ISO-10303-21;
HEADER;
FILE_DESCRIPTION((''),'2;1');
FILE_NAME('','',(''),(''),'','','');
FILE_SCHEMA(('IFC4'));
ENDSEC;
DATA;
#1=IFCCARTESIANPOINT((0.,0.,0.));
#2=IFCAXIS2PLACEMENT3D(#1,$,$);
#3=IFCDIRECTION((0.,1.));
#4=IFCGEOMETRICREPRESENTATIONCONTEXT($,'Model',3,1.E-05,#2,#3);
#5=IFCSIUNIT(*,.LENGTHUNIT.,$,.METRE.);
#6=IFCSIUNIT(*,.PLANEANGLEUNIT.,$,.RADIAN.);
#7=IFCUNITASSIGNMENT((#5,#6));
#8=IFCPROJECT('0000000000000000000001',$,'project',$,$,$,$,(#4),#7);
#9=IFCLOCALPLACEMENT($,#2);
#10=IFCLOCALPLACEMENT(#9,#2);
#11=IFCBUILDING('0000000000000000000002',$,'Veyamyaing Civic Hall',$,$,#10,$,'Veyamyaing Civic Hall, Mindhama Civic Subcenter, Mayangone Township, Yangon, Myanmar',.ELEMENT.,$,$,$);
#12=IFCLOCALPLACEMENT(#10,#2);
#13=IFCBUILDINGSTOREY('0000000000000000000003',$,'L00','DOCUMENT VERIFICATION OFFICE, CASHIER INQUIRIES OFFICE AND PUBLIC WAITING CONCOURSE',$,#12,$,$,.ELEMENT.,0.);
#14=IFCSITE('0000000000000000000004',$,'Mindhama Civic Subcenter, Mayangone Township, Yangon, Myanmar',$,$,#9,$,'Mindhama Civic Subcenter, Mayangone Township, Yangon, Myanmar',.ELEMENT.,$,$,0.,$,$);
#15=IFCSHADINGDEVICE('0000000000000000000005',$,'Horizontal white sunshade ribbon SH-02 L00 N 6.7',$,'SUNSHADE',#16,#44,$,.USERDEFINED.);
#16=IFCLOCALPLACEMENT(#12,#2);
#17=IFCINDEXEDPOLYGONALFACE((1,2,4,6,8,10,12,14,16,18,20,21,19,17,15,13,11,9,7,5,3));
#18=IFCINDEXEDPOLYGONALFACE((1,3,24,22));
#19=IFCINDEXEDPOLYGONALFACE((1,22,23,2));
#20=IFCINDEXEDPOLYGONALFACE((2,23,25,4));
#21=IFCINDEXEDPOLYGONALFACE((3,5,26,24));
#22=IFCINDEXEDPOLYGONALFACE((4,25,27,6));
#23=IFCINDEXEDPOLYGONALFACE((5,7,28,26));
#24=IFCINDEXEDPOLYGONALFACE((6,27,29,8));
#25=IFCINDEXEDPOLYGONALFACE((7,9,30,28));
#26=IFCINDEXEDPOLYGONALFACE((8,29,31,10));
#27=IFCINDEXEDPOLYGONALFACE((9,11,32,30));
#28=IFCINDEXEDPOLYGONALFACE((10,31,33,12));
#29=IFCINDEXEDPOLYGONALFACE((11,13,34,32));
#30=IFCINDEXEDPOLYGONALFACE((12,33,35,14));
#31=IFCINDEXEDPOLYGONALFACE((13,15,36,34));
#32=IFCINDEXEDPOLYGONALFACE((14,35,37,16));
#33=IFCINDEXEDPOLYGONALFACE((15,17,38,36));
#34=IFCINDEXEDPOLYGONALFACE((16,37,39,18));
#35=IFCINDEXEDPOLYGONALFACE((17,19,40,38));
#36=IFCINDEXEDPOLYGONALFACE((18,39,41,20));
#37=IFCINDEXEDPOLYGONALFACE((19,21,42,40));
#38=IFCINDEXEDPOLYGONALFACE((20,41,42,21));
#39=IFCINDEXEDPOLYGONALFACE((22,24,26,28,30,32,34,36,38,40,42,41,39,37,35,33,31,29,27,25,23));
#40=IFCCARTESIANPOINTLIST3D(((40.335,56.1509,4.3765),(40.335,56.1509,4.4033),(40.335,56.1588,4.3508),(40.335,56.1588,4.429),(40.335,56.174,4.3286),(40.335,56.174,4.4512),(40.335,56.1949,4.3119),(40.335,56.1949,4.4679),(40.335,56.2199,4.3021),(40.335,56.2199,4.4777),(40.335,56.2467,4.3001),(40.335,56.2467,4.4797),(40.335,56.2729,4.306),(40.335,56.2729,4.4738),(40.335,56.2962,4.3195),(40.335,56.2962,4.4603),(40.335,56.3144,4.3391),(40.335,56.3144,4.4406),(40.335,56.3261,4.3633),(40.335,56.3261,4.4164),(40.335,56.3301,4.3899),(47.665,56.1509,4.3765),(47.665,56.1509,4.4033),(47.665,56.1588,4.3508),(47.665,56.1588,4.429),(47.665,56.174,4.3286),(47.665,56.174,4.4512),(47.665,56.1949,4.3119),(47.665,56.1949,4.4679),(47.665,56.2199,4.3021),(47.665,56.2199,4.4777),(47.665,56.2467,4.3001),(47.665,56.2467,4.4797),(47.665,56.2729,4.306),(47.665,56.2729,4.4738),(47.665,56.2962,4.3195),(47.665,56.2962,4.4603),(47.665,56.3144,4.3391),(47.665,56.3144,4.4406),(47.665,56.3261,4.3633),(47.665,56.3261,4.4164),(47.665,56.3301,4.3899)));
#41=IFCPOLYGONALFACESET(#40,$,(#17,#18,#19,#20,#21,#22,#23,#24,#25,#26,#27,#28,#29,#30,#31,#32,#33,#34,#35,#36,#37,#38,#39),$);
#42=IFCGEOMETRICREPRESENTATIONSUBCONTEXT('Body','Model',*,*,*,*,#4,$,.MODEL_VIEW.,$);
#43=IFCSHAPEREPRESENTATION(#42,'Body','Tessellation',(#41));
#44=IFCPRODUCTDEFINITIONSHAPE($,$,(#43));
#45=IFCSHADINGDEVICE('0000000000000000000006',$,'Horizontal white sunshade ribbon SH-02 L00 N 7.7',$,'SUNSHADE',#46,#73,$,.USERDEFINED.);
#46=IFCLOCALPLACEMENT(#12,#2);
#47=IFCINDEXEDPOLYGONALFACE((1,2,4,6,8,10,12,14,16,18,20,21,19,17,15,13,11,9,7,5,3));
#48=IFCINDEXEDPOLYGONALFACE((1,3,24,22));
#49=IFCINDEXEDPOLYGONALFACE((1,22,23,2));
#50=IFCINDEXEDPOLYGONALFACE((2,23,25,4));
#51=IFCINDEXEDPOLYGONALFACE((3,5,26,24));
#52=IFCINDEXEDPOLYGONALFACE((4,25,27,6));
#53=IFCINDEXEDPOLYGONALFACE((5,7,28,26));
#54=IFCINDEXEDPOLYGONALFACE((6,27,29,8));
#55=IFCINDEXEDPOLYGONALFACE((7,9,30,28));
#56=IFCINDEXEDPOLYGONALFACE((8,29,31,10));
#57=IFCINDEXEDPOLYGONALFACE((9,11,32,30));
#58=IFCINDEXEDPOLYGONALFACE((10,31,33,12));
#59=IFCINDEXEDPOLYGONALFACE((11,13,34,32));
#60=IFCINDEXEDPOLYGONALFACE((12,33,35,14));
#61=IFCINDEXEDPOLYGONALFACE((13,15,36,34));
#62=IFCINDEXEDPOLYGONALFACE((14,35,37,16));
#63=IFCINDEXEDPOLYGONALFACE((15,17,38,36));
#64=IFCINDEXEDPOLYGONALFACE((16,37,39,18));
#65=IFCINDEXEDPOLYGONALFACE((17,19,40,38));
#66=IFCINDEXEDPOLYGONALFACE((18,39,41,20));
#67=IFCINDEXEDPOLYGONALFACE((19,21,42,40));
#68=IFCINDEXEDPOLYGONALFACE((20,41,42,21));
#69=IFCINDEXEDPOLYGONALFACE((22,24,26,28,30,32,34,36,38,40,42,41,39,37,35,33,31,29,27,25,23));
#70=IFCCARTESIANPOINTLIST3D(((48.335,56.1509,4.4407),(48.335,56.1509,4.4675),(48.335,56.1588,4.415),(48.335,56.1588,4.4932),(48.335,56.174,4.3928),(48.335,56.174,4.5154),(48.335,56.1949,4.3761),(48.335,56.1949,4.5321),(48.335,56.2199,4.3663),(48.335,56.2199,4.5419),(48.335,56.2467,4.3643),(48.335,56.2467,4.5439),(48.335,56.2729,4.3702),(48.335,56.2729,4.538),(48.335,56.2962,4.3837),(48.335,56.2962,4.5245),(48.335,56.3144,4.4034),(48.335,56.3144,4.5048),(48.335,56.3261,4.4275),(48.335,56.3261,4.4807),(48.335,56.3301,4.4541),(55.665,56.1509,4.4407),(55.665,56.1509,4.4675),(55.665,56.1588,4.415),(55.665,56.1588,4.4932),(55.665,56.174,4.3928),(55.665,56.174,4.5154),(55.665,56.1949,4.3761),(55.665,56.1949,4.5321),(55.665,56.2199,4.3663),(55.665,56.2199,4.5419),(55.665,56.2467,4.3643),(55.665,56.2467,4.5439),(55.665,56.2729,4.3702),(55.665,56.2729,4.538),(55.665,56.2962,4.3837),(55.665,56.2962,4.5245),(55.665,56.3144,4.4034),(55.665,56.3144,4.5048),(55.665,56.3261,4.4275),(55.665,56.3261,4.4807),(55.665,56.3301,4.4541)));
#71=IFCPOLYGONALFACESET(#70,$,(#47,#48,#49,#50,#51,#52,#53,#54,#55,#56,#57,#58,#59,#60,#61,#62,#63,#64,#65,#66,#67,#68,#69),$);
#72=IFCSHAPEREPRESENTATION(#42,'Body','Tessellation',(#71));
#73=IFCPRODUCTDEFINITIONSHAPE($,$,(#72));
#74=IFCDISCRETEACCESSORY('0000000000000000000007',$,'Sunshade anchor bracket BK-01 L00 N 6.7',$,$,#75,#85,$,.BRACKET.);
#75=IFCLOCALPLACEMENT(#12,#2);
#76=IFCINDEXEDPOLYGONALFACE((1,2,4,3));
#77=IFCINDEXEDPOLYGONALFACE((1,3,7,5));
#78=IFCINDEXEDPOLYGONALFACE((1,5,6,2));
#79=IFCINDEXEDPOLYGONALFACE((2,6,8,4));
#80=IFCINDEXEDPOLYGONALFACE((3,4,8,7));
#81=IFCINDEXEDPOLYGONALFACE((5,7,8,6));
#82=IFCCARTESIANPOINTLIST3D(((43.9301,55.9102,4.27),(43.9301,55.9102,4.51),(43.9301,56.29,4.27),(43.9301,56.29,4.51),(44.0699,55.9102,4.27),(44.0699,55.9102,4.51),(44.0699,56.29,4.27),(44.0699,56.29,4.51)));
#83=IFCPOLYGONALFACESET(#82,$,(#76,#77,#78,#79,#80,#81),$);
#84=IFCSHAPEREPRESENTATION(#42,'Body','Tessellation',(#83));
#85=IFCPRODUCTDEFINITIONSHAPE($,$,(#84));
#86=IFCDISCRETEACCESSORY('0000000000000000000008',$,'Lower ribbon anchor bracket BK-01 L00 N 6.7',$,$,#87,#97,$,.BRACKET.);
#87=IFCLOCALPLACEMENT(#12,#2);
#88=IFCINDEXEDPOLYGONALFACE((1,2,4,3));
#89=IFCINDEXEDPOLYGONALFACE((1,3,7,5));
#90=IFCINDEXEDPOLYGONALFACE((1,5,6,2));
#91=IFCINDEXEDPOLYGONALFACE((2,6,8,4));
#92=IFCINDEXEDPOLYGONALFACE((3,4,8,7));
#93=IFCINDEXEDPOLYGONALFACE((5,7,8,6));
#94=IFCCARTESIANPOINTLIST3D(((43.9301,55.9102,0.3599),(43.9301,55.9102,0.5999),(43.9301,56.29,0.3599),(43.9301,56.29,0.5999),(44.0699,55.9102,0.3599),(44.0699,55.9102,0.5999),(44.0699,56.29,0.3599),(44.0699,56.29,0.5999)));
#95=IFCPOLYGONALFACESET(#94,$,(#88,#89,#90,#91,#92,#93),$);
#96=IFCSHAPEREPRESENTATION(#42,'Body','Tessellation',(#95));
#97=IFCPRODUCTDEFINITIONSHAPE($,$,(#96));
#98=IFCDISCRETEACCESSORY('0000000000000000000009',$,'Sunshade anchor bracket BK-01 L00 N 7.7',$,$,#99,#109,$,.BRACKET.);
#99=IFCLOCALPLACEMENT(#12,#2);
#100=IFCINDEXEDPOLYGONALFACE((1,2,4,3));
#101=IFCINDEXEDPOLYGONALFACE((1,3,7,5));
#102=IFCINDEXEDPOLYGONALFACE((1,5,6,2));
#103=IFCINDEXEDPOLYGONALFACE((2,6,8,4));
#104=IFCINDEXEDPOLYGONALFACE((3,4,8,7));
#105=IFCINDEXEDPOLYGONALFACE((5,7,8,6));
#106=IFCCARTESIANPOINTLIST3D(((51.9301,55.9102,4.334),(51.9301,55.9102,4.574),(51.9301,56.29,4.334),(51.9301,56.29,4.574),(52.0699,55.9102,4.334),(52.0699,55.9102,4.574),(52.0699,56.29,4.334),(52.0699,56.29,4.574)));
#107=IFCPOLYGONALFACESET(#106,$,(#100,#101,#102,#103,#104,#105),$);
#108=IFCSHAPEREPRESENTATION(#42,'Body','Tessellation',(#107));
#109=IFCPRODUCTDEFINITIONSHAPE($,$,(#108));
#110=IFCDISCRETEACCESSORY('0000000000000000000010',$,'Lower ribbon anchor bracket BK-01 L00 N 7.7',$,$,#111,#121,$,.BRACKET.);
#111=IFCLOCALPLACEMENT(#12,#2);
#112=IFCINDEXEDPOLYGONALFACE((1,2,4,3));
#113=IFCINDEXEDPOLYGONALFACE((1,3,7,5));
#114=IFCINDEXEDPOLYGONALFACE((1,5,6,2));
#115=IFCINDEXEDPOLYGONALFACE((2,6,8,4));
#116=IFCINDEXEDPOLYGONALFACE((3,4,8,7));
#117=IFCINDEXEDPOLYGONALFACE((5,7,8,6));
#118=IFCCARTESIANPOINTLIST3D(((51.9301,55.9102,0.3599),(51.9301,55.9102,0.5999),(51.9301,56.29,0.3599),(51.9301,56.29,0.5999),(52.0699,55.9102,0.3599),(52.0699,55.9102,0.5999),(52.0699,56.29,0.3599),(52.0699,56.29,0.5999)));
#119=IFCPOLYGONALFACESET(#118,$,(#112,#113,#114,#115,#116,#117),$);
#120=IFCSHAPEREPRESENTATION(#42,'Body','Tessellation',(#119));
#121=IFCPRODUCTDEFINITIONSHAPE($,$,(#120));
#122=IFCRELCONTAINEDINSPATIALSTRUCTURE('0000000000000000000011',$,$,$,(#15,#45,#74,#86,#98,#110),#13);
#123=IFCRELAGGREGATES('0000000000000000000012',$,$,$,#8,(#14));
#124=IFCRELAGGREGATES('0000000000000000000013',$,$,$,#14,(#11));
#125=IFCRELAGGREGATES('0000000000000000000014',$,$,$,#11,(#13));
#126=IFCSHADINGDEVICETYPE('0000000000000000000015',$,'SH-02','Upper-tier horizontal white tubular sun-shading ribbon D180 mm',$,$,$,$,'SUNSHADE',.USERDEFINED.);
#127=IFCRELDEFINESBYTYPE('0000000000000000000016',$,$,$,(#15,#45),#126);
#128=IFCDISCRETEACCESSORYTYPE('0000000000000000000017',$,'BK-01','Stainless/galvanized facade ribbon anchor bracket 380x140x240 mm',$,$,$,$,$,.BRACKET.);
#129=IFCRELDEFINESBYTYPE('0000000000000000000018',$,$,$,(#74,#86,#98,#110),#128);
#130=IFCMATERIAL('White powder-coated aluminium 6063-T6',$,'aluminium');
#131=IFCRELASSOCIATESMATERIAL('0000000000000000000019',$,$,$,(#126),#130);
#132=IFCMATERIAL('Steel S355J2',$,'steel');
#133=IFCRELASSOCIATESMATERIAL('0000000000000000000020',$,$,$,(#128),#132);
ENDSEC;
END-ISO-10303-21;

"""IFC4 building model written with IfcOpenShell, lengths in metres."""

from ifc_helpers import new_model, si_unit, direction, frame, origin, origin_2d, place, context, subcontext, project, spatial, rectangle, circle, extrude, material, material_profile, profile_set, type_object, element, save


model = new_model("IFC4")

# Units and contexts
model_context = context("Model", 3, precision=1e-05, world=origin(), true_north=direction((0.0, 1.0)))
body_context = subcontext(model_context, "Body", "Model", "MODEL_VIEW")
ifc_project = project(units=[si_unit("LENGTHUNIT", "METRE"), si_unit("PLANEANGLEUNIT", "RADIAN")], contexts=[model_context])

# Site, building, storey
site_placement = place(None, origin())
site = spatial("IfcSite", under=ifc_project, at=site_placement, Name="Mindhama Civic Subcenter, Mayangone Township, Yangon, Myanmar", LongName="Mindhama Civic Subcenter, Mayangone Township, Yangon, Myanmar", CompositionType="ELEMENT", RefElevation=0.0)
building_placement = place(site_placement, origin())
building = spatial("IfcBuilding", under=site, at=building_placement, Name="Veyamyaing Civic Hall", LongName="Veyamyaing Civic Hall, Mindhama Civic Subcenter, Mayangone Township, Yangon, Myanmar", CompositionType="ELEMENT")
storey_placement = place(building_placement, origin())
storey = spatial("IfcBuildingStorey", under=building, at=storey_placement, Name="L00", Description="DOCUMENT VERIFICATION OFFICE, CASHIER INQUIRIES OFFICE AND PUBLIC WAITING CONCOURSE", CompositionType="ELEMENT", Elevation=0.0)

# Shared definitions
ifc_material_1 = material(Name="White powder-coated aluminium 6063-T6", Category="aluminium")

# Shading devices
ifc_material_profile_1 = material_profile(ifc_material_1, circle(Radius=0.0901, at=origin_2d()), Name="SHADE-TUBE-180")
ifc_profile_set_1 = profile_set([ifc_material_profile_1], Name="White powder-coated aluminium 6063-T6")
shading_device_type_1 = type_object("IfcShadingDeviceType", Name="SH-02", Description="Upper-tier horizontal white tubular sun-shading ribbon D180 mm", ElementType="SUNSHADE", PredefinedType="USERDEFINED", material=ifc_profile_set_1)
for number, where, z_axis, x_axis, name in (
    (1, (40.335, 56.24, 4.3899), (1.0, 0.0, 0.0), (0.0, 1.0, 0.0), "Horizontal white sunshade ribbon SH-02 L00 N 6.7"),
    (2, (48.335, 56.24, 4.4541), (1.0, 0.0, 0.0), (0.0, 1.0, 0.0), "Horizontal white sunshade ribbon SH-02 L00 N 7.7"),
):
    element("IfcShadingDevice", number, at=place(storey_placement, frame(where, z_axis=z_axis, x_axis=x_axis)), inside=storey, type_object=shading_device_type_1, Name=name, ObjectType="SUNSHADE", PredefinedType="USERDEFINED", context=body_context, shape_type="SweptSolid", body=[
        extrude(circle(Radius=0.0901, at=origin_2d()), origin(), (0.0, 0.0, 1.0), 7.3301),
    ])

# Discrete accessories
ifc_material_2 = material(Name="Steel S355J2", Category="steel")
discrete_accessory_type = type_object("IfcDiscreteAccessoryType", Name="BK-01", Description="Stainless/galvanized facade ribbon anchor bracket 380x140x240 mm", PredefinedType="BRACKET", material=ifc_material_2)
for number, where, z_axis, x_axis, name in (
    (3, (44.0, 56.1001, 4.27), (0.0, 0.0, 1.0), (0.0, 1.0, 0.0), "Sunshade anchor bracket BK-01 L00 N 6.7"),
    (4, (44.0, 56.1001, 0.3599), (0.0, 0.0, 1.0), (0.0, 1.0, 0.0), "Lower ribbon anchor bracket BK-01 L00 N 6.7"),
    (5, (52.0, 56.1001, 4.334), (0.0, 0.0, 1.0), (0.0, 1.0, 0.0), "Sunshade anchor bracket BK-01 L00 N 7.7"),
    (6, (52.0, 56.1001, 0.3599), (0.0, 0.0, 1.0), (0.0, 1.0, 0.0), "Lower ribbon anchor bracket BK-01 L00 N 7.7"),
):
    element("IfcDiscreteAccessory", number, at=place(storey_placement, frame(where, z_axis=z_axis, x_axis=x_axis)), inside=storey, type_object=discrete_accessory_type, Name=name, PredefinedType="BRACKET", context=body_context, shape_type="SweptSolid", body=[
        extrude(rectangle(XDim=0.3799, YDim=0.1399, at=origin_2d()), origin(), (0.0, 0.0, 1.0), 0.24),
    ])

save(model, "model.ifc")
